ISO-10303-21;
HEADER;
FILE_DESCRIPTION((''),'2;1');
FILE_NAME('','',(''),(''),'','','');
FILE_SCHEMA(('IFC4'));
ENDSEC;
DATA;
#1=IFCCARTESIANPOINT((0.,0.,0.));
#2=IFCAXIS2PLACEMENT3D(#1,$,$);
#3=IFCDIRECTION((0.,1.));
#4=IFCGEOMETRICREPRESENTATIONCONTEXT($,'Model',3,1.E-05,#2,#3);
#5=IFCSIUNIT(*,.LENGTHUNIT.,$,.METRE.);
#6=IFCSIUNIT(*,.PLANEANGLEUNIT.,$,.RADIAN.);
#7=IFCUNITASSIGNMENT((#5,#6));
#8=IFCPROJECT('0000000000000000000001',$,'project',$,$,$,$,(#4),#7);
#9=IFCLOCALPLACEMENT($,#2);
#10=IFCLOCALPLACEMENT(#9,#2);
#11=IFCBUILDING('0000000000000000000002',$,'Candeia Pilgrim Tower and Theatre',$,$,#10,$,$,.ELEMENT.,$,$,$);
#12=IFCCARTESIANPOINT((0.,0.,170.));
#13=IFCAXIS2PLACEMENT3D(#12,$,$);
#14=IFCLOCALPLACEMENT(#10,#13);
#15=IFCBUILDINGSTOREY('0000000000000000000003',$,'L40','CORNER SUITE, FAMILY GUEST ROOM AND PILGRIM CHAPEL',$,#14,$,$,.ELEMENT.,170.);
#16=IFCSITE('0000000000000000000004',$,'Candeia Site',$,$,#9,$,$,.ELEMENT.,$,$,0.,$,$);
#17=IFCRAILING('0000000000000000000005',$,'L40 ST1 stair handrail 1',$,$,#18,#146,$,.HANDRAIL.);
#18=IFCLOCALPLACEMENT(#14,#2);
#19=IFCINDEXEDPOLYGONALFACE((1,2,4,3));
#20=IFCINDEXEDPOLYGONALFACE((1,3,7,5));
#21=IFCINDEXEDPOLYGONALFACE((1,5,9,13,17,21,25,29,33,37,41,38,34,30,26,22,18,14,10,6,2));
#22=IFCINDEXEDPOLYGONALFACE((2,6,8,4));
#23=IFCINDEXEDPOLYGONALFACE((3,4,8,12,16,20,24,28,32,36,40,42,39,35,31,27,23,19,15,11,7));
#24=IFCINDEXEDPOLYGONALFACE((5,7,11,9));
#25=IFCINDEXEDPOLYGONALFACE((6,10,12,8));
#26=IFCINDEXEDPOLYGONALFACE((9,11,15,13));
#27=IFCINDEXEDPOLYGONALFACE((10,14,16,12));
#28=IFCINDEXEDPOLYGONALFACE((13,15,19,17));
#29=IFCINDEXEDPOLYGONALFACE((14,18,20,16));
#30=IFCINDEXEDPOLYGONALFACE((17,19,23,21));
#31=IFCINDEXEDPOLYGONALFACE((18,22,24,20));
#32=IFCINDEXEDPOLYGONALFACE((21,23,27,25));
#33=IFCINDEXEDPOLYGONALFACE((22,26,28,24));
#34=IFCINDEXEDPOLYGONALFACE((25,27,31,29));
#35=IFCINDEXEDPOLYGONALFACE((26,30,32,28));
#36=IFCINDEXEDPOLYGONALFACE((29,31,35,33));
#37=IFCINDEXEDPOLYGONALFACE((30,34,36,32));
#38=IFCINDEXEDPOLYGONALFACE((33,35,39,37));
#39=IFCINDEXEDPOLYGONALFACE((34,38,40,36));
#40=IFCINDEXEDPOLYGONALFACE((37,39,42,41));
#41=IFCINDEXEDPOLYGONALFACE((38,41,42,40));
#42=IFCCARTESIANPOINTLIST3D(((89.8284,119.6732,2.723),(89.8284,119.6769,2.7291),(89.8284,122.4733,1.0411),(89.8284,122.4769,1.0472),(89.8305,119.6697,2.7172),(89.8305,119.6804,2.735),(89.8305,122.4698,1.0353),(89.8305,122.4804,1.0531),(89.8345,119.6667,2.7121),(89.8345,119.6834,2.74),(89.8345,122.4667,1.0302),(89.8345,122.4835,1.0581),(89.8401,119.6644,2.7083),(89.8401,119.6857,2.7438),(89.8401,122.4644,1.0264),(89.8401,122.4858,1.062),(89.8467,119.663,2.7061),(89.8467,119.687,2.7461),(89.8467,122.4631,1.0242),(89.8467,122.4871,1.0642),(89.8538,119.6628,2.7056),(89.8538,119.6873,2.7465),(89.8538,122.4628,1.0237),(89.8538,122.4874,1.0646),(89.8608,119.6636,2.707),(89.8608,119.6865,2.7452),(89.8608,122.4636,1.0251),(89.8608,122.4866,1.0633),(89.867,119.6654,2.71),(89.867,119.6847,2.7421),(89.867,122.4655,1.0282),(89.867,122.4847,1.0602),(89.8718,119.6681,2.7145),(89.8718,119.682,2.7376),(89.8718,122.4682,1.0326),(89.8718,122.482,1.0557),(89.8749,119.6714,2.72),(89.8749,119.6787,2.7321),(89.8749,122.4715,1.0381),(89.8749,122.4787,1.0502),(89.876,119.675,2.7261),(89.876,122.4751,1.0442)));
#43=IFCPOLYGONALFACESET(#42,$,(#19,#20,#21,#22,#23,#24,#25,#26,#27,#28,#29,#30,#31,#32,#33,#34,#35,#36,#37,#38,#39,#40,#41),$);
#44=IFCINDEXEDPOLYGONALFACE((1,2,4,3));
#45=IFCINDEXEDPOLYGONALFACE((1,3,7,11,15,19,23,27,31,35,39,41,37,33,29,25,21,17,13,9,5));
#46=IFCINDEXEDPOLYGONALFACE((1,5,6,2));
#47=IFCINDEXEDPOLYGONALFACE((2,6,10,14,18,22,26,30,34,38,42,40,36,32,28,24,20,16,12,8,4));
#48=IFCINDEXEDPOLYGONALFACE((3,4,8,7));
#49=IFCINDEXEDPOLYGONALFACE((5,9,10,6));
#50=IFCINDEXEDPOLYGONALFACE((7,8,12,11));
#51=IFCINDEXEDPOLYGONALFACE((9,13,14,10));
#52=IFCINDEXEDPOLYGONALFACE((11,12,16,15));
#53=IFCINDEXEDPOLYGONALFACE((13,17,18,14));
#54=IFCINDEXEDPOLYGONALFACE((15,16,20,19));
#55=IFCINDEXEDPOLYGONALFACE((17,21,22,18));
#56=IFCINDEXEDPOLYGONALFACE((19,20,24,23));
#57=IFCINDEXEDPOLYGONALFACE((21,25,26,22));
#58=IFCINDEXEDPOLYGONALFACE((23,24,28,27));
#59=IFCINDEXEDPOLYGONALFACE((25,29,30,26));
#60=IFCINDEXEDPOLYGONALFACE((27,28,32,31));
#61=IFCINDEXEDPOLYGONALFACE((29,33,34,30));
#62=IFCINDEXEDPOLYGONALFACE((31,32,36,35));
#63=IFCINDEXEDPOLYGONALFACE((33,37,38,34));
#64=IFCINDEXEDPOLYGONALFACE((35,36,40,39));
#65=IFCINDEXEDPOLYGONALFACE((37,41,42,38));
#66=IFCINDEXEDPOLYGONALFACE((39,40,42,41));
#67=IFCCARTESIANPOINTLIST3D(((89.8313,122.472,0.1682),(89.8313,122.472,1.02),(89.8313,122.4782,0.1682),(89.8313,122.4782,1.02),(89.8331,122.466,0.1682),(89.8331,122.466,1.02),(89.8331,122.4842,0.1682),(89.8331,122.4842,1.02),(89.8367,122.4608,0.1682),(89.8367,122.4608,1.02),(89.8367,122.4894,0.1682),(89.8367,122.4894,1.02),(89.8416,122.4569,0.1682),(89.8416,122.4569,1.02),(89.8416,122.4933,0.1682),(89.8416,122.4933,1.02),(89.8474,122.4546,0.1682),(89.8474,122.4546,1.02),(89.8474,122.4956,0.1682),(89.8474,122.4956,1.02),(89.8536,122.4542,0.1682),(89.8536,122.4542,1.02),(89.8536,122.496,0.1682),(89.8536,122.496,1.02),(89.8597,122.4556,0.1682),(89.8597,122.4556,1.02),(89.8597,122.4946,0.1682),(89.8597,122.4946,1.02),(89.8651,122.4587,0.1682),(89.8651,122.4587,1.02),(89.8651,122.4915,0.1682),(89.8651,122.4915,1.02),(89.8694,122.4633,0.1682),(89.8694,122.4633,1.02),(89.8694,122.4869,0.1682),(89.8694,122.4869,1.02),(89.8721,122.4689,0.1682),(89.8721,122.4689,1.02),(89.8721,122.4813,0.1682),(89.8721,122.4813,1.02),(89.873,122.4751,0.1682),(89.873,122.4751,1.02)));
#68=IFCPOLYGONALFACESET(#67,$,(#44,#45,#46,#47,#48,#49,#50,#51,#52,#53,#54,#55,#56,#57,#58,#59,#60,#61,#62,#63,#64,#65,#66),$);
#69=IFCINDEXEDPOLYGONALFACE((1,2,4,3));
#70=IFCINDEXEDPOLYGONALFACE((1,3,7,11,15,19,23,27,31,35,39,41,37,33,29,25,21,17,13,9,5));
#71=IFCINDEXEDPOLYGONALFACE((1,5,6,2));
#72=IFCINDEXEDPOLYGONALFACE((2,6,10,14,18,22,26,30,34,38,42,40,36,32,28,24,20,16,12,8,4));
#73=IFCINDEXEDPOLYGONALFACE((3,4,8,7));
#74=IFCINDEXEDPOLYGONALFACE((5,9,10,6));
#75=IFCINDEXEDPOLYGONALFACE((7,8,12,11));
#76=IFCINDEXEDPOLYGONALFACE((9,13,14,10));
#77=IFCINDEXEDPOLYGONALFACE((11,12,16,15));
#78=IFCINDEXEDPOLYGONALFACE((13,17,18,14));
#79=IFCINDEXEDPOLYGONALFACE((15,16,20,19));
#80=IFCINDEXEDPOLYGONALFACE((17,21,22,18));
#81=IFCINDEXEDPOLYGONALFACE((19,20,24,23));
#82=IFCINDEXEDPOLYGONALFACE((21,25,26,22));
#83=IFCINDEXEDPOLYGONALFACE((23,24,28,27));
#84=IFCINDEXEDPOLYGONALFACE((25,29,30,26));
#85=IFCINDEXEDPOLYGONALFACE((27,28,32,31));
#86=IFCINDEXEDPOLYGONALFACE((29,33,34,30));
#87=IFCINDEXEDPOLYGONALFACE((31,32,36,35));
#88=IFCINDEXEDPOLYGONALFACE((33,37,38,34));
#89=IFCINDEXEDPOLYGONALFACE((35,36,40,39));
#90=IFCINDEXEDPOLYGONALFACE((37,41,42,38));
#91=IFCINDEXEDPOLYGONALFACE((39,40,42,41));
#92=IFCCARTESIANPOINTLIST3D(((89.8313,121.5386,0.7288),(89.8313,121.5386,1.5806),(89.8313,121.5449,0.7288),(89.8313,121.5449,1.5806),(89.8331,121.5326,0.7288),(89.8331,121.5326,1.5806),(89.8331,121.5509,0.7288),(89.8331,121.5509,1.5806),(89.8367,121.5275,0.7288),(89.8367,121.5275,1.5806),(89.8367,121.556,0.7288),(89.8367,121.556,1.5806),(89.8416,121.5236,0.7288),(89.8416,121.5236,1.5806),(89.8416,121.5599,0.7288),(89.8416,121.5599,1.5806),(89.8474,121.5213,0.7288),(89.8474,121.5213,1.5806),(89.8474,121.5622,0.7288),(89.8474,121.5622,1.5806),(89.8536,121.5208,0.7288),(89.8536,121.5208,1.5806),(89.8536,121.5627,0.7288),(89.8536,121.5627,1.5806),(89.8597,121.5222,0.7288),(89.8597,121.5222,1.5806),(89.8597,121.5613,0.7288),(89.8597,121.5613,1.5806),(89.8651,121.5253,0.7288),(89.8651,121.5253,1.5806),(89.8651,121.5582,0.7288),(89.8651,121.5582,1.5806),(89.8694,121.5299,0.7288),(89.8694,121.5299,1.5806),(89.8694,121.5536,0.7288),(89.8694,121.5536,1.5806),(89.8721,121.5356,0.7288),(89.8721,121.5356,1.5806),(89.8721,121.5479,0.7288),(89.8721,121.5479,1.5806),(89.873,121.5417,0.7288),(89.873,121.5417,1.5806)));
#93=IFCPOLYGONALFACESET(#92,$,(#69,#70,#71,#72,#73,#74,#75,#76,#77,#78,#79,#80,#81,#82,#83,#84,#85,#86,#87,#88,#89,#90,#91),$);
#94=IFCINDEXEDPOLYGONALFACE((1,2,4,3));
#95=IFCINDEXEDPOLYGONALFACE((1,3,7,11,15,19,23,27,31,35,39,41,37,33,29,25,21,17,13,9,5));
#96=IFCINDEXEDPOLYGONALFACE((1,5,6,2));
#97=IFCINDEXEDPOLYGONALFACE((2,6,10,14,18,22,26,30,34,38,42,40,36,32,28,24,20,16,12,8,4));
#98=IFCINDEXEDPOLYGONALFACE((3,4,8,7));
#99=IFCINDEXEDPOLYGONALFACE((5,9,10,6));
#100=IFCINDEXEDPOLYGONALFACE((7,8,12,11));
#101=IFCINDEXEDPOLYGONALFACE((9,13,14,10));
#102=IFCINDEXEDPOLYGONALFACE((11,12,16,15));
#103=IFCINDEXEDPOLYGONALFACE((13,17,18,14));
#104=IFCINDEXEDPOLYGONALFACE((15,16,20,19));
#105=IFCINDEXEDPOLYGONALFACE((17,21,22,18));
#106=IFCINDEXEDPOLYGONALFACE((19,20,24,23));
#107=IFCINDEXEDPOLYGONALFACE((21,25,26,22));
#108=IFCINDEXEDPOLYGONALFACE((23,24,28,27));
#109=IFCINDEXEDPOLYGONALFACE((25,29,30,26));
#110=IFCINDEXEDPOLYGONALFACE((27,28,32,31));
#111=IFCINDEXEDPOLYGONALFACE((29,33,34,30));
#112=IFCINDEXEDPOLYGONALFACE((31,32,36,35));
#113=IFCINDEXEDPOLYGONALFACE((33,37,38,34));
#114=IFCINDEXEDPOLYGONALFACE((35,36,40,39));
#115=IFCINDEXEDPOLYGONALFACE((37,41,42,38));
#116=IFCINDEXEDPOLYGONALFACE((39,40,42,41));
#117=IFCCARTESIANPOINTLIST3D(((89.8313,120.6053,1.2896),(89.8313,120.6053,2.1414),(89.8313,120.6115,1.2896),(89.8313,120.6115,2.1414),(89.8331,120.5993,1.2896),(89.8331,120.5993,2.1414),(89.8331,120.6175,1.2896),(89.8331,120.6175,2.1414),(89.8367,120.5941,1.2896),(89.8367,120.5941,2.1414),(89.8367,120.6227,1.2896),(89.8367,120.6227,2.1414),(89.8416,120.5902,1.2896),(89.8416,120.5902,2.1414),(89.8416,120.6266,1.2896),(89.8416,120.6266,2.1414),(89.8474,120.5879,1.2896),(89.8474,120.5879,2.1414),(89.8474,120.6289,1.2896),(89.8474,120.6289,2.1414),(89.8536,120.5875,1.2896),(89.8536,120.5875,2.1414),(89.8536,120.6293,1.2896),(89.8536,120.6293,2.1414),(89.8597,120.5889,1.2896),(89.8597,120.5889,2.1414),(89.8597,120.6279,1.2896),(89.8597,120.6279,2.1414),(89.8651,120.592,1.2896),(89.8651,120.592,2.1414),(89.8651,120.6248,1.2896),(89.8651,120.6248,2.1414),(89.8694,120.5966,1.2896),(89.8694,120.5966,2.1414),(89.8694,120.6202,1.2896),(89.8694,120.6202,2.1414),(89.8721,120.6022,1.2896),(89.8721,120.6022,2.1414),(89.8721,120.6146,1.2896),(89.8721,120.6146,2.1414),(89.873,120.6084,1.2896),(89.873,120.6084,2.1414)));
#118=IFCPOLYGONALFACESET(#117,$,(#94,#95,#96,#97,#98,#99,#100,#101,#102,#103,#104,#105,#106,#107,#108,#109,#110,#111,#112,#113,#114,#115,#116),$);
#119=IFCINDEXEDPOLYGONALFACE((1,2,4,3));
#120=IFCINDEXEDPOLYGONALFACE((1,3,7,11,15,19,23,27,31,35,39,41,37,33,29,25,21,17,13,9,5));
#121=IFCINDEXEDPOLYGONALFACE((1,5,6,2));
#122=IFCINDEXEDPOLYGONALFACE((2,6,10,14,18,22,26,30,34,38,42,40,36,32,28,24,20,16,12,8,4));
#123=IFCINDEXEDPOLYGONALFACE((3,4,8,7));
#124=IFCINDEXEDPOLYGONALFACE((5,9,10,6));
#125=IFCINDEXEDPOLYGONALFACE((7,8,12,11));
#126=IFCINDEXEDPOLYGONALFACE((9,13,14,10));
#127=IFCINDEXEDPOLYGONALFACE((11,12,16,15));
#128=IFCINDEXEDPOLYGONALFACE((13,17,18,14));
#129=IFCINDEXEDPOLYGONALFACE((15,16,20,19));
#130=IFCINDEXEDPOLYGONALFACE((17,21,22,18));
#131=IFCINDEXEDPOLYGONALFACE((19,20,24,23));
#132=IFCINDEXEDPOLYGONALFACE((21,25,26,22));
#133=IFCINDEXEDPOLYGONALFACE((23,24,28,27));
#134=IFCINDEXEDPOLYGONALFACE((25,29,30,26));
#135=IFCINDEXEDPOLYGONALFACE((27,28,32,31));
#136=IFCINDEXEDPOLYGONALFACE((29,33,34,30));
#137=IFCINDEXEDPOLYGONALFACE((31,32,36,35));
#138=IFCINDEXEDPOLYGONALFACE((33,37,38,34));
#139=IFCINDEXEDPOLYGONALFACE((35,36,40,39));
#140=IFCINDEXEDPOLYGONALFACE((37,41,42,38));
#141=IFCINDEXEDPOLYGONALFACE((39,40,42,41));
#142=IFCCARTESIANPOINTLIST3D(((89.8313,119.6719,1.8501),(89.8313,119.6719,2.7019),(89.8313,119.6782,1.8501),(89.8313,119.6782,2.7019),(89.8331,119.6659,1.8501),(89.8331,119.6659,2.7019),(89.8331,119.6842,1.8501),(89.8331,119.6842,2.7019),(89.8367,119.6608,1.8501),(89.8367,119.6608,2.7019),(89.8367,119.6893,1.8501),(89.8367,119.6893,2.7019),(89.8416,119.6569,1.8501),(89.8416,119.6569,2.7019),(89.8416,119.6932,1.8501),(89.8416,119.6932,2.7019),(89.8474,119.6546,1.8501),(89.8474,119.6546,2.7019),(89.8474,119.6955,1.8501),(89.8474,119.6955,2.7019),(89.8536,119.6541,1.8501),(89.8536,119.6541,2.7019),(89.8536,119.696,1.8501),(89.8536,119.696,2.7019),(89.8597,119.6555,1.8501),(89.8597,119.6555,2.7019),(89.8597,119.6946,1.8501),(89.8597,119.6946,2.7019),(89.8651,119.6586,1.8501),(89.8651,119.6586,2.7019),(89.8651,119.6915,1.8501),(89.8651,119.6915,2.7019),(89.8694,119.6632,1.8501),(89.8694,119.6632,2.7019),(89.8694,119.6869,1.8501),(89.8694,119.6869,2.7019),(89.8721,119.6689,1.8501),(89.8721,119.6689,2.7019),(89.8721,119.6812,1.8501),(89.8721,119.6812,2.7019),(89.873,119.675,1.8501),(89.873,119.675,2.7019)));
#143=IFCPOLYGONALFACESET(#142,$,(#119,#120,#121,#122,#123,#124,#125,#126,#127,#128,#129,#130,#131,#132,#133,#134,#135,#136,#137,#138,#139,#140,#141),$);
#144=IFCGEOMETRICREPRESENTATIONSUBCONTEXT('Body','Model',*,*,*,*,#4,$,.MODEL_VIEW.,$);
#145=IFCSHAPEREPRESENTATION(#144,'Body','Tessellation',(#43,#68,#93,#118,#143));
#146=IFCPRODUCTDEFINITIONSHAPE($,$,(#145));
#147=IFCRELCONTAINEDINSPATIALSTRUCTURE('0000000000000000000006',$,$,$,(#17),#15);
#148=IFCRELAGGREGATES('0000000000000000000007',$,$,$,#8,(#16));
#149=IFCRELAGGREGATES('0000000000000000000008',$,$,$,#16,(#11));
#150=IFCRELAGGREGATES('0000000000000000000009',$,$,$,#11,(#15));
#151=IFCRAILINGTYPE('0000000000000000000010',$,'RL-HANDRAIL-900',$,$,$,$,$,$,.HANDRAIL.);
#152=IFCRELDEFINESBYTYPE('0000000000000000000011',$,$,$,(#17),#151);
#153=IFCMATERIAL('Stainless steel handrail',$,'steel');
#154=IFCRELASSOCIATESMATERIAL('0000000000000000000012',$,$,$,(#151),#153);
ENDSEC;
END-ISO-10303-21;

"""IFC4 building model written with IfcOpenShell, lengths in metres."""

from ifc_helpers import new_model, si_unit, direction, frame, origin, origin_2d, place, context, subcontext, project, spatial, circle, extrude, material, type_object, element, save


model = new_model("IFC4")

# Units and contexts
model_context = context("Model", 3, precision=1e-05, world=origin(), true_north=direction((0.0, 1.0)))
body_context = subcontext(model_context, "Body", "Model", "MODEL_VIEW")
ifc_project = project(units=[si_unit("LENGTHUNIT", "METRE"), si_unit("PLANEANGLEUNIT", "RADIAN")], contexts=[model_context])

# Site, building, storey
site_placement = place(None, origin())
site = spatial("IfcSite", under=ifc_project, at=site_placement, Name="Candeia Site", CompositionType="ELEMENT", RefElevation=0.0)
building_placement = place(site_placement, origin())
building = spatial("IfcBuilding", under=site, at=building_placement, Name="Candeia Pilgrim Tower and Theatre", CompositionType="ELEMENT")
storey_placement = place(building_placement, frame((0.0, 0.0, 170.0)))
storey = spatial("IfcBuildingStorey", under=building, at=storey_placement, Name="L40", Description="CORNER SUITE, FAMILY GUEST ROOM AND PILGRIM CHAPEL", CompositionType="ELEMENT", Elevation=170.0)

# Railing
ifc_material_1 = material(Name="Stainless steel handrail", Category="steel")
railing_type_1 = type_object("IfcRailingType", Name="RL-HANDRAIL-900", PredefinedType="HANDRAIL", material=ifc_material_1)
railing_1_placement = place(storey_placement, frame((89.8521, 122.4751, 0.1682)))
element("IfcRailing", 1, at=railing_1_placement, inside=storey, type_object=railing_type_1, Name="L40 ST1 stair handrail 1", PredefinedType="HANDRAIL", context=body_context, shape_type="SweptSolid", body=[
    extrude(circle(Radius=0.0239, at=origin_2d()), frame((0.0, 0.0, 0.876), z_axis=(0.0, -0.857242, 0.514913), x_axis=(1.0, 0.0, 0.0)), (0.0, 0.0, 1.0), 3.2664),
    extrude(circle(Radius=0.021, at=origin_2d()), origin(), (0.0, 0.0, 1.0), 0.8518),
    extrude(circle(Radius=0.021, at=origin_2d()), frame((0.0, -0.9333, 0.5605)), (0.0, 0.0, 1.0), 0.8518),
    extrude(circle(Radius=0.021, at=origin_2d()), frame((0.0, -1.8667, 1.1213)), (0.0, 0.0, 1.0), 0.8518),
    extrude(circle(Radius=0.021, at=origin_2d()), frame((0.0, -2.8, 1.6819)), (0.0, 0.0, 1.0), 0.8518),
])

save(model, "model.ifc")
